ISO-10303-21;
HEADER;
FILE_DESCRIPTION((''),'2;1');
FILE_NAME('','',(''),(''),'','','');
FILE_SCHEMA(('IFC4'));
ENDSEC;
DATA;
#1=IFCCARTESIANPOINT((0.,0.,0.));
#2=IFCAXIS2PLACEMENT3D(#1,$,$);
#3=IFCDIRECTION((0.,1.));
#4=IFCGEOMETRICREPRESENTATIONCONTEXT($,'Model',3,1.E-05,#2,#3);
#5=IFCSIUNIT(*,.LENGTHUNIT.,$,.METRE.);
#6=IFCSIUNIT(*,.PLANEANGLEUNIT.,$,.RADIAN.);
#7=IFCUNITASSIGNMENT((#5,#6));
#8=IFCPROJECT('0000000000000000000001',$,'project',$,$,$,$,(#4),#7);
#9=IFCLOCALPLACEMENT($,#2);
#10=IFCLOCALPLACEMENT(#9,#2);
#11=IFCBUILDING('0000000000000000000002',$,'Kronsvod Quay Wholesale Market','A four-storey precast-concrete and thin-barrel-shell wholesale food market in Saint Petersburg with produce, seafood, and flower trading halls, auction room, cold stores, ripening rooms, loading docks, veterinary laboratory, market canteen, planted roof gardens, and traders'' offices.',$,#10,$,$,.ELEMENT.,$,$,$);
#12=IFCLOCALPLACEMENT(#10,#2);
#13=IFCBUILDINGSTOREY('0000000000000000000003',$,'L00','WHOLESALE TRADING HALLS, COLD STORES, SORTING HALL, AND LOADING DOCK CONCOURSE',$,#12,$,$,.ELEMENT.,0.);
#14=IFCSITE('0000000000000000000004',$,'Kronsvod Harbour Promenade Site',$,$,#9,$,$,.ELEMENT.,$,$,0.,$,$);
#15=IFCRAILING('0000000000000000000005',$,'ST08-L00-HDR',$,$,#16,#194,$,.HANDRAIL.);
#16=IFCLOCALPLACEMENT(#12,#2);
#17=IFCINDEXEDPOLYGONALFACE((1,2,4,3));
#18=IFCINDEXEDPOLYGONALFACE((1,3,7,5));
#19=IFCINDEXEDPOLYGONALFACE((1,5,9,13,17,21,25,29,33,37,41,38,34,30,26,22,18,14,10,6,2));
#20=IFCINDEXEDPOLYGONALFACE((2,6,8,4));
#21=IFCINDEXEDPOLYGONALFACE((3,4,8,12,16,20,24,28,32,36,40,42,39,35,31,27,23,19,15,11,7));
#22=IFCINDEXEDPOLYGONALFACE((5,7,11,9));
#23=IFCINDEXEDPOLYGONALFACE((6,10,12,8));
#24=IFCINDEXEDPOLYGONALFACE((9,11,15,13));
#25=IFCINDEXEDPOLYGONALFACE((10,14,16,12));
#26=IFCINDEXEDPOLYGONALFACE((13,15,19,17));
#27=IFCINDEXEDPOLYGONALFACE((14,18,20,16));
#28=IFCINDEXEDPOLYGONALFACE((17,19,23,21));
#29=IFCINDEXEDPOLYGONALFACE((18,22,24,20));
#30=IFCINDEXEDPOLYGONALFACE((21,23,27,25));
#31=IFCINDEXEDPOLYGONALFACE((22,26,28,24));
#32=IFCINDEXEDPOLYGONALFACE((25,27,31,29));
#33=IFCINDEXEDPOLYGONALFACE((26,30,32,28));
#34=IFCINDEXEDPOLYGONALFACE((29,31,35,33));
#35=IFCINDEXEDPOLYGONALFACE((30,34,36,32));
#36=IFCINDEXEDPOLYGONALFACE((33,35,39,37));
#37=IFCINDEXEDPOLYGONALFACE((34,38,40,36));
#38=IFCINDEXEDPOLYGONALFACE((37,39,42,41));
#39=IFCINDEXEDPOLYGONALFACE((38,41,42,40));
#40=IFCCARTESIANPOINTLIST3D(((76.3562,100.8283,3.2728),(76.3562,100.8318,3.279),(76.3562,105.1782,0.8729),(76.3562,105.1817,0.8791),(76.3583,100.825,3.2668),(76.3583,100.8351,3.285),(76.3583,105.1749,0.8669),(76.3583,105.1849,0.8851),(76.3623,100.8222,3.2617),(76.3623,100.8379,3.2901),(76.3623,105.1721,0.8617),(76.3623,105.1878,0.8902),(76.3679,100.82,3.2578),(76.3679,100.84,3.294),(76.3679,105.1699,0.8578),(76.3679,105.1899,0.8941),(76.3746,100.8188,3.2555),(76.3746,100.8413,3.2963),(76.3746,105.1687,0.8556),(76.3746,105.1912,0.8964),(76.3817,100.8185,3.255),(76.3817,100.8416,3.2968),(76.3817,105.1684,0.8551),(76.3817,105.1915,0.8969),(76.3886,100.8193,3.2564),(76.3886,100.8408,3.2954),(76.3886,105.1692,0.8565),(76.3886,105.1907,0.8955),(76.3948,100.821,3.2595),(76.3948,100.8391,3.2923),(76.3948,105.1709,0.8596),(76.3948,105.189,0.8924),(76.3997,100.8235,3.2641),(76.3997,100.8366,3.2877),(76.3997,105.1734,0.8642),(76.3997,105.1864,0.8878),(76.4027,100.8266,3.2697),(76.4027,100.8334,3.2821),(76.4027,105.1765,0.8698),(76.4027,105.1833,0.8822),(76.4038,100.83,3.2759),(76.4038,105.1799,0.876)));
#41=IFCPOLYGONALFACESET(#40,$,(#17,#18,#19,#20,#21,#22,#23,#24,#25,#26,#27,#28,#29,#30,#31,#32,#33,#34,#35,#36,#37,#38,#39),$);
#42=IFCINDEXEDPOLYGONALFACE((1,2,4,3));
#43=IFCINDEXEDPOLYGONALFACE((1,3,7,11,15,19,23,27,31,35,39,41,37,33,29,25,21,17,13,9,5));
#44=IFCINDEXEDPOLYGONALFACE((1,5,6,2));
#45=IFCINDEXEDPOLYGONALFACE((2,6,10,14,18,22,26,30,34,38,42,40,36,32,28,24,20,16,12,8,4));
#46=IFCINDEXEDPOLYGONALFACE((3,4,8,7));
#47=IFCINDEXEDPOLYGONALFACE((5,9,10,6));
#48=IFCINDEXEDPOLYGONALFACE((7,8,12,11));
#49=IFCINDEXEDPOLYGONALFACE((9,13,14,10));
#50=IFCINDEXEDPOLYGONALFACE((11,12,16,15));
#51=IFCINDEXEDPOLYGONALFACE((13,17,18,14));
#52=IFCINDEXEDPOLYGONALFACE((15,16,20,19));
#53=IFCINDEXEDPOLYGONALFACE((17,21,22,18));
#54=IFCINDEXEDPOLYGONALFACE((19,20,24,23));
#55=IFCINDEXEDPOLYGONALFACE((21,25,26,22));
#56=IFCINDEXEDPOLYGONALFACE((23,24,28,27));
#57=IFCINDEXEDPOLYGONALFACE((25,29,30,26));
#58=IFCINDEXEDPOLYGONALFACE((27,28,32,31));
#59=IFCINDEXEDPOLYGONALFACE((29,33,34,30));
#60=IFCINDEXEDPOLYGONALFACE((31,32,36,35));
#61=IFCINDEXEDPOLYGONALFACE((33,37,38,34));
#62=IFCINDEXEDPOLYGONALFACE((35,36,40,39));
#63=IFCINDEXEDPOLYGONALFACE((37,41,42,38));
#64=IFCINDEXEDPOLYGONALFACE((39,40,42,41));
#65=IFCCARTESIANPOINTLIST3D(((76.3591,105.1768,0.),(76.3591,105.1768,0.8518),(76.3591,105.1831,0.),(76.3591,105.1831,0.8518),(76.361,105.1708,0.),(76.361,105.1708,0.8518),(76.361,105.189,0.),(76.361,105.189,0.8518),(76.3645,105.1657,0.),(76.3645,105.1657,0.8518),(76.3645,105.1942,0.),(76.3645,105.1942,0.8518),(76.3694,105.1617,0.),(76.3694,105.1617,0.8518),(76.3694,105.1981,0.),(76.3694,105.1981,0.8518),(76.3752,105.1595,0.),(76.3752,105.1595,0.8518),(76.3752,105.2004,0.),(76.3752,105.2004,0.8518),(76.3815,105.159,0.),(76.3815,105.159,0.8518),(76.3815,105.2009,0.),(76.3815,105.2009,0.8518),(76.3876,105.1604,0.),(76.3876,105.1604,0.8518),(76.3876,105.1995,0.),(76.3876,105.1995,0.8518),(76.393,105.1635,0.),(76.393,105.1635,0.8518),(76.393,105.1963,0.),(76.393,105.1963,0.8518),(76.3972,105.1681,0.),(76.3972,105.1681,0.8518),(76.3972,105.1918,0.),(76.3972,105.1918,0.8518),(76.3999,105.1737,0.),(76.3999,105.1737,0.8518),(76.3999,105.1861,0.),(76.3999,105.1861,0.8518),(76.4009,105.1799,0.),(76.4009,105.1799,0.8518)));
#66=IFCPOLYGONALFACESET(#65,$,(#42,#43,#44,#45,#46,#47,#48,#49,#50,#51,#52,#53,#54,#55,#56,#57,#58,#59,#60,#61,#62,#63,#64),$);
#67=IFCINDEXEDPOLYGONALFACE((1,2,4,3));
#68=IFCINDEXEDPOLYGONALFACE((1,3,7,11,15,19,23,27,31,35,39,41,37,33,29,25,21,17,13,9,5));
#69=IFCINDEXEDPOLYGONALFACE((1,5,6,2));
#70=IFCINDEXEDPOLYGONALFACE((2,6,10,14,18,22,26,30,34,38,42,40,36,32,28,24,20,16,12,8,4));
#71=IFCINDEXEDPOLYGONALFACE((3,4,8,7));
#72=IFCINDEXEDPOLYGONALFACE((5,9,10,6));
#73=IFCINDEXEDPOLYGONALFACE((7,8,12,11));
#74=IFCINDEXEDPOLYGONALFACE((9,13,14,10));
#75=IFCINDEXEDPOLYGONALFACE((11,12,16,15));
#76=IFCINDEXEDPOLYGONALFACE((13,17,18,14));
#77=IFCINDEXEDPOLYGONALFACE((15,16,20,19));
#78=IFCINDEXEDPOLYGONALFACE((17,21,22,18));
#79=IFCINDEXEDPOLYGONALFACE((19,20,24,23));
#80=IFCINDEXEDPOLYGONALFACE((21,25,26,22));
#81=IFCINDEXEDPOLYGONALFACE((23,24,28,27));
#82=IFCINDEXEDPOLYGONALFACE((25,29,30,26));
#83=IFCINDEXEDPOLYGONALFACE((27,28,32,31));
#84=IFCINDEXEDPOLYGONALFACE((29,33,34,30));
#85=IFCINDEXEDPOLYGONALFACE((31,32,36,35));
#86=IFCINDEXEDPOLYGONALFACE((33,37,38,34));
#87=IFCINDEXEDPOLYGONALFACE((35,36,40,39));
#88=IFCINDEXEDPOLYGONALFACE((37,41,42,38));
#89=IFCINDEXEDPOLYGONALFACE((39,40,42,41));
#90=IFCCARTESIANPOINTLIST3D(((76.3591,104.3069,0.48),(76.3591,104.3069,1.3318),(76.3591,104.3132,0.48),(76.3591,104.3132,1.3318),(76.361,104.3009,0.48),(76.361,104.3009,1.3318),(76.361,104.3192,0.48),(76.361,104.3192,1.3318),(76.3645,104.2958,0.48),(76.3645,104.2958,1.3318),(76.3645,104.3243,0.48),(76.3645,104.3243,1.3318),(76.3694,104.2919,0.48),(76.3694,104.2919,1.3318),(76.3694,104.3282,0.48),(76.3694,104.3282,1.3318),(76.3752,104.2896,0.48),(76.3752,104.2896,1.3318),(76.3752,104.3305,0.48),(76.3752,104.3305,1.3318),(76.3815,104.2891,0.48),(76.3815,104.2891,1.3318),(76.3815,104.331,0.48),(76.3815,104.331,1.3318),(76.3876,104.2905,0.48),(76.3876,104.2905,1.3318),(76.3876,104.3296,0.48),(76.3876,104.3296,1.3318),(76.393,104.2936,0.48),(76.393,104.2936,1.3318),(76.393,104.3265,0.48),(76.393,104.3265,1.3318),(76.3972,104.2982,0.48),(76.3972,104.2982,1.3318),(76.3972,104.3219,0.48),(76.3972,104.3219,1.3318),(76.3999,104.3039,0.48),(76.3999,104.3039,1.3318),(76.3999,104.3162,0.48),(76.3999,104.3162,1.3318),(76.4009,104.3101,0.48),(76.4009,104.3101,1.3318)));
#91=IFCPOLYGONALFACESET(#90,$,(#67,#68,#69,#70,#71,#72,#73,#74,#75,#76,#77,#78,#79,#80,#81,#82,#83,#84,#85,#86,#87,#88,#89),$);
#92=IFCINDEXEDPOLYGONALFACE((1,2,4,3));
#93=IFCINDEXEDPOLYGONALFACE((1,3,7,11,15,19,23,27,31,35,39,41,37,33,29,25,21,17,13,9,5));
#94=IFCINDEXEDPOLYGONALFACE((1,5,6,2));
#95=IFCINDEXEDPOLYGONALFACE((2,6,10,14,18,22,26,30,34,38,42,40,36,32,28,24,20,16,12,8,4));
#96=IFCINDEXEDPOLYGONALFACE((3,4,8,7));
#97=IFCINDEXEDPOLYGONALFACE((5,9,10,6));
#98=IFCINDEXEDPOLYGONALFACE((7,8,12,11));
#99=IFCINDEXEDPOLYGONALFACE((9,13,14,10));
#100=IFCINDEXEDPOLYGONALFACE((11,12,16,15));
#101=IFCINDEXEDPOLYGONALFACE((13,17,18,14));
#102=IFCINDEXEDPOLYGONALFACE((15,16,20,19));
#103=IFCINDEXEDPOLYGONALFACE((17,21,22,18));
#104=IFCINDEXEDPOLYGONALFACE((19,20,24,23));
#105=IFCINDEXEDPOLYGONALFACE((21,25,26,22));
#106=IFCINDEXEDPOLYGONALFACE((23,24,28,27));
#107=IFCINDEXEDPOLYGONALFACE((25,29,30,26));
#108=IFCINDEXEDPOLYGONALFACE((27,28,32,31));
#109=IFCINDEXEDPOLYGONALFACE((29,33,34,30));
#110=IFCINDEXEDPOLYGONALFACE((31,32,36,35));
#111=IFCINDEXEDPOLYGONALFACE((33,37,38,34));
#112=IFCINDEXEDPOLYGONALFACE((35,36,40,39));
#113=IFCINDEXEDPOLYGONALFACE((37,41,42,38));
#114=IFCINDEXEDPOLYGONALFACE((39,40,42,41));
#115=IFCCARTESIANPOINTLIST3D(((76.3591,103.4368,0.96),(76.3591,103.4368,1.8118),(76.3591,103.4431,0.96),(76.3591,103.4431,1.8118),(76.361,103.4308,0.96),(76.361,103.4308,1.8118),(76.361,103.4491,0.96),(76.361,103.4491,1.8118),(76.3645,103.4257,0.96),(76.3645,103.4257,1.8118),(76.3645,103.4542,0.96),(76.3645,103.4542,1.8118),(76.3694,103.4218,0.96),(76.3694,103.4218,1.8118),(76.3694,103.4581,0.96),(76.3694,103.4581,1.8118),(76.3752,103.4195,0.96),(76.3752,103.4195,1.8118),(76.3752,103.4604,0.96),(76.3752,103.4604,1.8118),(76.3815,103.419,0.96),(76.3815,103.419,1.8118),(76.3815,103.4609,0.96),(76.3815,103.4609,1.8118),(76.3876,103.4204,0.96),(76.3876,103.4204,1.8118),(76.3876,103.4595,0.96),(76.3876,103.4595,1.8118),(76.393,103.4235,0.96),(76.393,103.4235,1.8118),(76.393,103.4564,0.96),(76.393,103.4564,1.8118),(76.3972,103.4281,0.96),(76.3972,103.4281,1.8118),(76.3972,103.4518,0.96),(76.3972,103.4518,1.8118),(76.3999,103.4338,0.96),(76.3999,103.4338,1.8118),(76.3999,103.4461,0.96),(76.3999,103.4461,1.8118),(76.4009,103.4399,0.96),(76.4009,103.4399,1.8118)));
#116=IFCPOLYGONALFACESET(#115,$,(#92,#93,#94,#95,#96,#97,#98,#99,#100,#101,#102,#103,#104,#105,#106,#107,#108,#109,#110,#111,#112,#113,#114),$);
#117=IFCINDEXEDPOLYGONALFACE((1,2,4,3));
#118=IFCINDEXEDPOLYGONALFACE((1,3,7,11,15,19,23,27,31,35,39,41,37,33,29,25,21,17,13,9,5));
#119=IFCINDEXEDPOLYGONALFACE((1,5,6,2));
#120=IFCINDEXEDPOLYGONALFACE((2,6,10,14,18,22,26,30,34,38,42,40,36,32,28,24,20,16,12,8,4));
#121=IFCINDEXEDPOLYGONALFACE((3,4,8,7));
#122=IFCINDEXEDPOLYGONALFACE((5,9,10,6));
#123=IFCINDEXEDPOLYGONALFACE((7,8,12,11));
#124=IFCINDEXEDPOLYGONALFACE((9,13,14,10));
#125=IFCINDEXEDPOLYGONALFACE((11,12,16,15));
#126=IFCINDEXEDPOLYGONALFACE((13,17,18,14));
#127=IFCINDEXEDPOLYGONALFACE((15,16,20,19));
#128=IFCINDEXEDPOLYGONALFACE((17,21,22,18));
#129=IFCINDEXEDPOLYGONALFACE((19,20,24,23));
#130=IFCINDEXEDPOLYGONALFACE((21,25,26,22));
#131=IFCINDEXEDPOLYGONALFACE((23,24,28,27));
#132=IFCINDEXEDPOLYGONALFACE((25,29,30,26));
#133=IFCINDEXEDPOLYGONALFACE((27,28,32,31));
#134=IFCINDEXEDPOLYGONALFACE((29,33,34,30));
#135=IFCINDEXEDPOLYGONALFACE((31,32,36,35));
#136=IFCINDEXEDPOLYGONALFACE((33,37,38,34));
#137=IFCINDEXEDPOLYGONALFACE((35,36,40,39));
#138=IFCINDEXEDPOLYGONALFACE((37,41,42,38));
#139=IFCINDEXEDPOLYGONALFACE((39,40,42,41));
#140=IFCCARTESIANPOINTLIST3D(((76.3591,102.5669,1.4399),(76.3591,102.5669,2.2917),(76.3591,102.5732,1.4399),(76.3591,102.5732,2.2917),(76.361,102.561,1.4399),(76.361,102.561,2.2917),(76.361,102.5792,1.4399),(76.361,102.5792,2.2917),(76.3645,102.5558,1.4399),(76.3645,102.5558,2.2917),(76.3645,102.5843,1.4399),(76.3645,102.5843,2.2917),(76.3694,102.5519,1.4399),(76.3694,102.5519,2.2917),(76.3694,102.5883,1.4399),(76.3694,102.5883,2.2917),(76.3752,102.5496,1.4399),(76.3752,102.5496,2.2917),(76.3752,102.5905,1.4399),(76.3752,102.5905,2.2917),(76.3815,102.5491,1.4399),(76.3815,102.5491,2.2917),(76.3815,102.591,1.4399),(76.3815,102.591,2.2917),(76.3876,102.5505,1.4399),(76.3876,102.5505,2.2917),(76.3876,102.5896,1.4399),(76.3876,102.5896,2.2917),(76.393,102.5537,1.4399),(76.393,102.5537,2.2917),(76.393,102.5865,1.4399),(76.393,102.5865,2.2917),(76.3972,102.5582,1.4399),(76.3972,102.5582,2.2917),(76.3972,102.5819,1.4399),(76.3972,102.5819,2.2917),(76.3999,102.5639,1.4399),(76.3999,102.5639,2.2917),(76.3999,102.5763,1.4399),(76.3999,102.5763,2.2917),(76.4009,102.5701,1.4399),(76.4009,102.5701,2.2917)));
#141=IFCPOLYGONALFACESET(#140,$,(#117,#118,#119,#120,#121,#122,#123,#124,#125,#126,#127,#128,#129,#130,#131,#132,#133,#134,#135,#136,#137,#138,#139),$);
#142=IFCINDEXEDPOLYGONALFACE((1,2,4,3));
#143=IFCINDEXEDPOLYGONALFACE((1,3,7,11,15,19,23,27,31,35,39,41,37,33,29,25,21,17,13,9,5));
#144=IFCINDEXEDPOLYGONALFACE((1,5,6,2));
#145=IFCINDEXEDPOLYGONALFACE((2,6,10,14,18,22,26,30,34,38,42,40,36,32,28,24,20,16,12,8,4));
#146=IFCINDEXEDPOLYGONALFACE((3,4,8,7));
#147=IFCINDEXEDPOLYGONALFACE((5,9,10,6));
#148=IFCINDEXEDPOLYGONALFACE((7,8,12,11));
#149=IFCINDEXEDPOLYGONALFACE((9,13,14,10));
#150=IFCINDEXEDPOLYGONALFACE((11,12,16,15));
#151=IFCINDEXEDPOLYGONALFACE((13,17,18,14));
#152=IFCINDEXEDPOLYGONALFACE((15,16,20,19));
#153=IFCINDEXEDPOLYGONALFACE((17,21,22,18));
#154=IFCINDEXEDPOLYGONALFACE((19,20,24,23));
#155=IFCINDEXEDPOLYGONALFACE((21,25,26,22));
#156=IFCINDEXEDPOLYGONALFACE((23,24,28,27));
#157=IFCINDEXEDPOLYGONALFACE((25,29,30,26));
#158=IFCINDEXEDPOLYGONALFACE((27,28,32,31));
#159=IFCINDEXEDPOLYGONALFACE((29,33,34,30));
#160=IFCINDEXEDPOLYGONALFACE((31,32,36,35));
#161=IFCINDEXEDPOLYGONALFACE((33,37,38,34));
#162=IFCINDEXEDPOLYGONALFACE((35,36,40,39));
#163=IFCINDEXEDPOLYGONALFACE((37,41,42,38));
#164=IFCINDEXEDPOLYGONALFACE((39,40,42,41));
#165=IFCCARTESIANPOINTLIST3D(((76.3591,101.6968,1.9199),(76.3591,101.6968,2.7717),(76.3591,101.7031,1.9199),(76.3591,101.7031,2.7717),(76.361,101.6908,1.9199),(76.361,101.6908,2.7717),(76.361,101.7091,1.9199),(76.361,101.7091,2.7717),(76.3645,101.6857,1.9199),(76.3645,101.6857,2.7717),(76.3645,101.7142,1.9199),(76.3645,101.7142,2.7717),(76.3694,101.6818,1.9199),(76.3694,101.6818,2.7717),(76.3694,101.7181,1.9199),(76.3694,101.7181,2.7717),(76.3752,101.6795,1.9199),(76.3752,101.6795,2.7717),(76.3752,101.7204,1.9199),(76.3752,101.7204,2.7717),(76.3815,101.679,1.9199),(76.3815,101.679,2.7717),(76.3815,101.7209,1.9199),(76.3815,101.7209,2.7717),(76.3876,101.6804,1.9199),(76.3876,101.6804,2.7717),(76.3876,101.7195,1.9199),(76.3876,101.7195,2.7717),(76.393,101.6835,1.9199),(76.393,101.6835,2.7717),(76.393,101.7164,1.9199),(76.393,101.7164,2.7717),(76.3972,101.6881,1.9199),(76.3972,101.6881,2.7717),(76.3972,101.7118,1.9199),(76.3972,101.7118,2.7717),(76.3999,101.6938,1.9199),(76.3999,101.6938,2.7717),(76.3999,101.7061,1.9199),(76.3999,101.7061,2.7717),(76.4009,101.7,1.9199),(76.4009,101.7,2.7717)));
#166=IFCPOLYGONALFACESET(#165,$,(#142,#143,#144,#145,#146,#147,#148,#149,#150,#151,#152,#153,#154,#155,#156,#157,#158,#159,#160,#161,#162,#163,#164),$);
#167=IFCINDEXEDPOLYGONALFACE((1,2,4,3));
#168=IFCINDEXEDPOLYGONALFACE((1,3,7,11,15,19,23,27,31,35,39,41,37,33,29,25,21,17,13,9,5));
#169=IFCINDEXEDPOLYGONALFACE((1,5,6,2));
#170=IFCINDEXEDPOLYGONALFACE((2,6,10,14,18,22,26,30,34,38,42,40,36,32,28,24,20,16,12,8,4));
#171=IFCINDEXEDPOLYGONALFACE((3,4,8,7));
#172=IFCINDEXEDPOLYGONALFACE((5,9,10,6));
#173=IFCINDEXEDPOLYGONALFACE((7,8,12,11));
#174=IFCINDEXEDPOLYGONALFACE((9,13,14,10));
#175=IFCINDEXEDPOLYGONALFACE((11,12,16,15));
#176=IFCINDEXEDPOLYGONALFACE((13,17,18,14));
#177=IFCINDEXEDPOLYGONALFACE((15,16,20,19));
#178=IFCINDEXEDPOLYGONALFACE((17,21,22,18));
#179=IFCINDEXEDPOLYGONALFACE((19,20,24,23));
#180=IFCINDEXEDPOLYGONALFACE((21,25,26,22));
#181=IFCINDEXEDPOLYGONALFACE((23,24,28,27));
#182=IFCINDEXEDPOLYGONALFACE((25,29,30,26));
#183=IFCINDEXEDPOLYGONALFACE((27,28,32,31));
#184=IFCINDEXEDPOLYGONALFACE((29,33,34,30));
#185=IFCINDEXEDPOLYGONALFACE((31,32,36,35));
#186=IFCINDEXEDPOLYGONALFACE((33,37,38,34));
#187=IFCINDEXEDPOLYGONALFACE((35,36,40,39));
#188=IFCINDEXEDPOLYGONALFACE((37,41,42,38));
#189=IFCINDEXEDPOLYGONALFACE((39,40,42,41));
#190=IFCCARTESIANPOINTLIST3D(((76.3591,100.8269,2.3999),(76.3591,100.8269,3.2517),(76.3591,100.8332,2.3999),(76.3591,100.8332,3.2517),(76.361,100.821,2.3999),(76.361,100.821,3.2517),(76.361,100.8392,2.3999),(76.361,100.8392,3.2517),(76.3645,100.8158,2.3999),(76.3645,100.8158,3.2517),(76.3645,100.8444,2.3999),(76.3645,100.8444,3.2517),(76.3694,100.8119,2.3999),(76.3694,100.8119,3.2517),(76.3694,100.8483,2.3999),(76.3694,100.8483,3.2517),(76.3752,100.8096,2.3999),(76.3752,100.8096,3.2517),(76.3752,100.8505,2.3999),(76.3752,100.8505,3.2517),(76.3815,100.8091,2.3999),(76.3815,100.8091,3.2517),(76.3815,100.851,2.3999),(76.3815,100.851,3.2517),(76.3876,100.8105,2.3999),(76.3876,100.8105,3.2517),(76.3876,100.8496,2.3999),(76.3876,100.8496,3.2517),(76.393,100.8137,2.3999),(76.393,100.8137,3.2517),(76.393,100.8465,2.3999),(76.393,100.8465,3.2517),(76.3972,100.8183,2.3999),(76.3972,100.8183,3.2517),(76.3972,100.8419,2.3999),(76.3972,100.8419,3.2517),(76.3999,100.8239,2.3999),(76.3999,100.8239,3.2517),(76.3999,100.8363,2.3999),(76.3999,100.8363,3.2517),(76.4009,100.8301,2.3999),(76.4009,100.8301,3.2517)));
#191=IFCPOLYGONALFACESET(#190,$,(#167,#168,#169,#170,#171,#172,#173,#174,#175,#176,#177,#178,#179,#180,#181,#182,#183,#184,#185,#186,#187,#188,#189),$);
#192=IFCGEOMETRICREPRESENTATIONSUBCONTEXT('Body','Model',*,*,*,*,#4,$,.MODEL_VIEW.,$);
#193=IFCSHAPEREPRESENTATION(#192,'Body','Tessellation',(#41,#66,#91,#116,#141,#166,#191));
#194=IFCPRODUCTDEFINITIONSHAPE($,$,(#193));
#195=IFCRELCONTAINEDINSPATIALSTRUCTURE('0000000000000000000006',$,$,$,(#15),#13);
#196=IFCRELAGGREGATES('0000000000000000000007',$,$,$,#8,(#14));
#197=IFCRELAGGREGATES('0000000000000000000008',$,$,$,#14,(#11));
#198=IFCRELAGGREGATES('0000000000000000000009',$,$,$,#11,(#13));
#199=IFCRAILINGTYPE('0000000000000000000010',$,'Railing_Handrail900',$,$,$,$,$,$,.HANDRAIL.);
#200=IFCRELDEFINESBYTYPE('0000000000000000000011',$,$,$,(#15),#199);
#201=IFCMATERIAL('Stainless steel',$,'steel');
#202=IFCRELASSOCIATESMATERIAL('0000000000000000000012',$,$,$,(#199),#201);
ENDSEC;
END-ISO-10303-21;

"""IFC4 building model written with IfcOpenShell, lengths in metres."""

from ifc_helpers import new_model, si_unit, direction, frame, origin, origin_2d, place, context, subcontext, project, spatial, circle, extrude, material, type_object, element, save


model = new_model("IFC4")

# Units and contexts
model_context = context("Model", 3, precision=1e-05, world=origin(), true_north=direction((0.0, 1.0)))
body_context = subcontext(model_context, "Body", "Model", "MODEL_VIEW")
ifc_project = project(units=[si_unit("LENGTHUNIT", "METRE"), si_unit("PLANEANGLEUNIT", "RADIAN")], contexts=[model_context])

# Site, building, storey
site_placement = place(None, origin())
site = spatial("IfcSite", under=ifc_project, at=site_placement, Name="Kronsvod Harbour Promenade Site", CompositionType="ELEMENT", RefElevation=0.0)
building_placement = place(site_placement, origin())
building = spatial("IfcBuilding", under=site, at=building_placement, Name="Kronsvod Quay Wholesale Market", Description="A four-storey precast-concrete and thin-barrel-shell wholesale food market in Saint Petersburg with produce, seafood, and flower trading halls, auction room, cold stores, ripening rooms, loading docks, veterinary laboratory, market canteen, planted roof gardens, and traders' offices.", CompositionType="ELEMENT")
storey_placement = place(building_placement, origin())
storey = spatial("IfcBuildingStorey", under=building, at=storey_placement, Name="L00", Description="WHOLESALE TRADING HALLS, COLD STORES, SORTING HALL, AND LOADING DOCK CONCOURSE", CompositionType="ELEMENT", Elevation=0.0)

# Railing
ifc_material_1 = material(Name="Stainless steel", Category="steel")
railing_type_1 = type_object("IfcRailingType", Name="Railing_Handrail900", PredefinedType="HANDRAIL", material=ifc_material_1)
railing_1_placement = place(storey_placement, frame((76.3799, 105.1799, 0.0)))
element("IfcRailing", 1, at=railing_1_placement, inside=storey, type_object=railing_type_1, Name="ST08-L00-HDR", PredefinedType="HANDRAIL", context=body_context, shape_type="SweptSolid", body=[
    extrude(circle(Radius=0.0239, at=origin_2d()), frame((0.0, 0.0, 0.876), z_axis=(0.0, -0.875579, 0.483075), x_axis=(1.0, 0.0, 0.0)), (0.0, 0.0, 1.0), 4.968),
    extrude(circle(Radius=0.021, at=origin_2d()), origin(), (0.0, 0.0, 1.0), 0.8518),
    extrude(circle(Radius=0.021, at=origin_2d()), frame((0.0, -0.8699, 0.48)), (0.0, 0.0, 1.0), 0.8518),
    extrude(circle(Radius=0.021, at=origin_2d()), frame((0.0, -1.74, 0.96)), (0.0, 0.0, 1.0), 0.8518),
    extrude(circle(Radius=0.021, at=origin_2d()), frame((0.0, -2.6099, 1.4399)), (0.0, 0.0, 1.0), 0.8518),
    extrude(circle(Radius=0.021, at=origin_2d()), frame((0.0, -3.48, 1.9199)), (0.0, 0.0, 1.0), 0.8518),
    extrude(circle(Radius=0.021, at=origin_2d()), frame((0.0, -4.3499, 2.3999)), (0.0, 0.0, 1.0), 0.8518),
])

save(model, "model.ifc")
